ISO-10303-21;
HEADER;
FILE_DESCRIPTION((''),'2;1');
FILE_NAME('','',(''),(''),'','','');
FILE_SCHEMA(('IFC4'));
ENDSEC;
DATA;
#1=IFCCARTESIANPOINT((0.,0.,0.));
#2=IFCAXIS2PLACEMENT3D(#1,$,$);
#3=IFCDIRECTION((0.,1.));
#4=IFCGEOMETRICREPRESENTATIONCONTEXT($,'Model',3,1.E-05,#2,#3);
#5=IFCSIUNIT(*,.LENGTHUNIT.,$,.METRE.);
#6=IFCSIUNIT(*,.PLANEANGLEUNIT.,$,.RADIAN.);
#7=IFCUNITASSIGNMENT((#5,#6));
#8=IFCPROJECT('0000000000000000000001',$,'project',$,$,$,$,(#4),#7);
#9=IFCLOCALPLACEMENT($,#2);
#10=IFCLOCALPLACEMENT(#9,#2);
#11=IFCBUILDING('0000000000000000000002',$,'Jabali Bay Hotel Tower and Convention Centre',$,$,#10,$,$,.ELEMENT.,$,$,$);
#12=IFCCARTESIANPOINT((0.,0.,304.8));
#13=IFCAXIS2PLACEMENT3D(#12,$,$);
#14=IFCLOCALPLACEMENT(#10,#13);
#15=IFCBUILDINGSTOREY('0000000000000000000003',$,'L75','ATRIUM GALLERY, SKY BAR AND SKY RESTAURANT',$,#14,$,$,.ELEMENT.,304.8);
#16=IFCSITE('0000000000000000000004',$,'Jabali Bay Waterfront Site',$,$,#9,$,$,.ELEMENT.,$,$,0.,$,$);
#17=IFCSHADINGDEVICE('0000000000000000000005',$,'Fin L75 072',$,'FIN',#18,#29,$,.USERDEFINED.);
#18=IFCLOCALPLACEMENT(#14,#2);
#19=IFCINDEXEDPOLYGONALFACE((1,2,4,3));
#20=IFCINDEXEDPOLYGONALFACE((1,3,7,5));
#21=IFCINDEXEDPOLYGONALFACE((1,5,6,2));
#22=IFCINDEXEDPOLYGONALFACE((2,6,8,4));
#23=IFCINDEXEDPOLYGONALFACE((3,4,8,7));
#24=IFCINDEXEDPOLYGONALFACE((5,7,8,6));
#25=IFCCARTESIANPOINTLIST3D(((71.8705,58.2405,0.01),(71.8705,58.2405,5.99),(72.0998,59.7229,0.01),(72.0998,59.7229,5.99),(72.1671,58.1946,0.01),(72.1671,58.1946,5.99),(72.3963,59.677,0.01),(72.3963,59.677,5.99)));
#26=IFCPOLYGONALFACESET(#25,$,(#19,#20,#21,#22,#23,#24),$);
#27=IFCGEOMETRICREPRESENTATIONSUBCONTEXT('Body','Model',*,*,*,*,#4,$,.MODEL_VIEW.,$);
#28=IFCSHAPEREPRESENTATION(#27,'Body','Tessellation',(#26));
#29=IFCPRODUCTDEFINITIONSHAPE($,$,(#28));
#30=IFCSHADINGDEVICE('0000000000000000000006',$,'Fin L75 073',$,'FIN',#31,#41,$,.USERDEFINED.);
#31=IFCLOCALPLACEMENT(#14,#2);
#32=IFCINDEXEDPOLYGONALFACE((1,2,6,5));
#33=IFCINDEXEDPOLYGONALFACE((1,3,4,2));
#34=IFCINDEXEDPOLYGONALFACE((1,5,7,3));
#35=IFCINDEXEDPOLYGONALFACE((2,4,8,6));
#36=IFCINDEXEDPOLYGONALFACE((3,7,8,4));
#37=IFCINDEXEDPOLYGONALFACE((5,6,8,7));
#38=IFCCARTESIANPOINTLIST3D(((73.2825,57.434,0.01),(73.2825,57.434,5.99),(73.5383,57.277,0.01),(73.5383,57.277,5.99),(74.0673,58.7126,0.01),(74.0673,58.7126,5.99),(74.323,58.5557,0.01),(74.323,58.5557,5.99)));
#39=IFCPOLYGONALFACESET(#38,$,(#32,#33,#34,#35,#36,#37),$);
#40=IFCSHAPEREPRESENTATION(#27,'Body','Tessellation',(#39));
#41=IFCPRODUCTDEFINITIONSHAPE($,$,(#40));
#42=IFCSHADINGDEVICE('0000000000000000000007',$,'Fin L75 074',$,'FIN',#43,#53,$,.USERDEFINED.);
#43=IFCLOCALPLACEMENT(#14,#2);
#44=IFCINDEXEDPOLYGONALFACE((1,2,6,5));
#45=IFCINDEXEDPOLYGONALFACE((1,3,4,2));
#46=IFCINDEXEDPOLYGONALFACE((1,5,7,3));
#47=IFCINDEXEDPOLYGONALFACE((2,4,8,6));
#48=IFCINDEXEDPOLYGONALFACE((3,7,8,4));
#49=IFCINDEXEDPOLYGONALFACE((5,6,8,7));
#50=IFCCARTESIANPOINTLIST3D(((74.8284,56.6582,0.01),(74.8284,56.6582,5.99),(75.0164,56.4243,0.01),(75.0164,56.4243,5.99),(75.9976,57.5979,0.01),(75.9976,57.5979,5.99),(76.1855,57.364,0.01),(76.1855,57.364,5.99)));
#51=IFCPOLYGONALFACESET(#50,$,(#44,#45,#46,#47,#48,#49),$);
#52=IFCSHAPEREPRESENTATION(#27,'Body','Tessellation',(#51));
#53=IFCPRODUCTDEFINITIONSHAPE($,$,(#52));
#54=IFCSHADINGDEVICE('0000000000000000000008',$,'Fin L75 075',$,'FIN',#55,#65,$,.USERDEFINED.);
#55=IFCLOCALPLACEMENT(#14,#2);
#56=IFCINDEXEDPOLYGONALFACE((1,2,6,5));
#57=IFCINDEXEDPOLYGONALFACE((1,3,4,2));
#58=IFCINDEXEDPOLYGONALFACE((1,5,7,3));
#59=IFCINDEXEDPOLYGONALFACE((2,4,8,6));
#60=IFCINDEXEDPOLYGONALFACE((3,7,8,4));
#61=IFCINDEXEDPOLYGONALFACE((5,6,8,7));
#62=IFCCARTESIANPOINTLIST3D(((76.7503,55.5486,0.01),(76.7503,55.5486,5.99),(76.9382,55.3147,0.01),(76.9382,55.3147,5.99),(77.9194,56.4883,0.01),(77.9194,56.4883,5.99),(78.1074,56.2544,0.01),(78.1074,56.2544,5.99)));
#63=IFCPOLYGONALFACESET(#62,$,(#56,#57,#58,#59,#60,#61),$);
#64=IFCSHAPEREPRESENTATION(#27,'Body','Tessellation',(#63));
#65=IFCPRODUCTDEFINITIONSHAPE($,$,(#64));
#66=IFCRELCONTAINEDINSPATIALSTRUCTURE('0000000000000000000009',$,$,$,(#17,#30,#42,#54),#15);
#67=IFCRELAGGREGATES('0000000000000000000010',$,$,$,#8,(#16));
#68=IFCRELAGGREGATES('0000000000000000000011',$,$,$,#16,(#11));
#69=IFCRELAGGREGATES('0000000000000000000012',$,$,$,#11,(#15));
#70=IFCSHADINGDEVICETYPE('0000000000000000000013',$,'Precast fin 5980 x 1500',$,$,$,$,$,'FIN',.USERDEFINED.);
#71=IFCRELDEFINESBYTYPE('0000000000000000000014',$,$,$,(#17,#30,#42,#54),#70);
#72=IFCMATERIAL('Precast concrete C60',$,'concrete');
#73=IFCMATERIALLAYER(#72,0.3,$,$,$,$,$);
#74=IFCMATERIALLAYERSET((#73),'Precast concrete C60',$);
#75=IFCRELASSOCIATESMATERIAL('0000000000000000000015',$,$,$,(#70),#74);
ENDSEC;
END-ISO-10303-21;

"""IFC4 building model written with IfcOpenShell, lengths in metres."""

from ifc_helpers import new_model, si_unit, direction, frame, frame_2d, origin, place, context, subcontext, project, spatial, rectangle, extrude, material, layer, layer_set, type_object, element, save


model = new_model("IFC4")

# Units and contexts
model_context = context("Model", 3, precision=1e-05, world=origin(), true_north=direction((0.0, 1.0)))
body_context = subcontext(model_context, "Body", "Model", "MODEL_VIEW")
ifc_project = project(units=[si_unit("LENGTHUNIT", "METRE"), si_unit("PLANEANGLEUNIT", "RADIAN")], contexts=[model_context])

# Site, building, storey
site_placement = place(None, origin())
site = spatial("IfcSite", under=ifc_project, at=site_placement, Name="Jabali Bay Waterfront Site", CompositionType="ELEMENT", RefElevation=0.0)
building_placement = place(site_placement, origin())
building = spatial("IfcBuilding", under=site, at=building_placement, Name="Jabali Bay Hotel Tower and Convention Centre", CompositionType="ELEMENT")
storey_placement = place(building_placement, frame((0.0, 0.0, 304.8)))
storey = spatial("IfcBuildingStorey", under=building, at=storey_placement, Name="L75", Description="ATRIUM GALLERY, SKY BAR AND SKY RESTAURANT", CompositionType="ELEMENT", Elevation=304.8)

# Shading devices
ifc_material_1 = material(Name="Precast concrete C60", Category="concrete")
ifc_layer_1 = layer(ifc_material_1, 0.3)
ifc_layer_set_1 = layer_set([ifc_layer_1], Name="Precast concrete C60")
shading_device_type = type_object("IfcShadingDeviceType", Name="Precast fin 5980 x 1500", ElementType="FIN", PredefinedType="USERDEFINED", material=ifc_layer_set_1)
for number, where, z_axis, x_axis, name in (
    (1, (72.248, 59.7, 0.01), (0.0, 0.0, 1.0), (-0.152828, -0.988253, 0.0), "Fin L75 072"),
):
    element("IfcShadingDevice", number, at=place(storey_placement, frame(where, z_axis=z_axis, x_axis=x_axis)), inside=storey, type_object=shading_device_type, Name=name, ObjectType="FIN", PredefinedType="USERDEFINED", context=body_context, shape_type="SweptSolid", body=[
        extrude(rectangle(XDim=1.5, YDim=0.3, at=frame_2d((0.75, 0.0))), origin(), (0.0, 0.0, 1.0), 5.98),
    ])
shading_device_placement = place(storey_placement, frame((74.1951, 58.634, 0.01), z_axis=(0.0, 0.0, 1.0), x_axis=(-0.523062, -0.852295, 0.0)))
element("IfcShadingDevice", 2, at=shading_device_placement, inside=storey, type_object=shading_device_type, Name="Fin L75 073", ObjectType="FIN", PredefinedType="USERDEFINED", context=body_context, shape_type="SweptSolid", body=[
    extrude(rectangle(XDim=1.5002, YDim=0.3, at=frame_2d((0.75, 0.0))), origin(), (0.0, 0.0, 1.0), 5.98),
])
for number, where, z_axis, x_axis, name in (
    (3, (76.0916, 57.481, 0.01), (0.0, 0.0, 1.0), (-0.779454, -0.62646, 0.0), "Fin L75 074"),
    (4, (78.0134, 56.3713, 0.01), (0.0, 0.0, 1.0), (-0.779454, -0.62646, 0.0), "Fin L75 075"),
):
    element("IfcShadingDevice", number, at=place(storey_placement, frame(where, z_axis=z_axis, x_axis=x_axis)), inside=storey, type_object=shading_device_type, Name=name, ObjectType="FIN", PredefinedType="USERDEFINED", context=body_context, shape_type="SweptSolid", body=[
        extrude(rectangle(XDim=1.5, YDim=0.3, at=frame_2d((0.75, 0.0))), origin(), (0.0, 0.0, 1.0), 5.98),
    ])

save(model, "model.ifc")
